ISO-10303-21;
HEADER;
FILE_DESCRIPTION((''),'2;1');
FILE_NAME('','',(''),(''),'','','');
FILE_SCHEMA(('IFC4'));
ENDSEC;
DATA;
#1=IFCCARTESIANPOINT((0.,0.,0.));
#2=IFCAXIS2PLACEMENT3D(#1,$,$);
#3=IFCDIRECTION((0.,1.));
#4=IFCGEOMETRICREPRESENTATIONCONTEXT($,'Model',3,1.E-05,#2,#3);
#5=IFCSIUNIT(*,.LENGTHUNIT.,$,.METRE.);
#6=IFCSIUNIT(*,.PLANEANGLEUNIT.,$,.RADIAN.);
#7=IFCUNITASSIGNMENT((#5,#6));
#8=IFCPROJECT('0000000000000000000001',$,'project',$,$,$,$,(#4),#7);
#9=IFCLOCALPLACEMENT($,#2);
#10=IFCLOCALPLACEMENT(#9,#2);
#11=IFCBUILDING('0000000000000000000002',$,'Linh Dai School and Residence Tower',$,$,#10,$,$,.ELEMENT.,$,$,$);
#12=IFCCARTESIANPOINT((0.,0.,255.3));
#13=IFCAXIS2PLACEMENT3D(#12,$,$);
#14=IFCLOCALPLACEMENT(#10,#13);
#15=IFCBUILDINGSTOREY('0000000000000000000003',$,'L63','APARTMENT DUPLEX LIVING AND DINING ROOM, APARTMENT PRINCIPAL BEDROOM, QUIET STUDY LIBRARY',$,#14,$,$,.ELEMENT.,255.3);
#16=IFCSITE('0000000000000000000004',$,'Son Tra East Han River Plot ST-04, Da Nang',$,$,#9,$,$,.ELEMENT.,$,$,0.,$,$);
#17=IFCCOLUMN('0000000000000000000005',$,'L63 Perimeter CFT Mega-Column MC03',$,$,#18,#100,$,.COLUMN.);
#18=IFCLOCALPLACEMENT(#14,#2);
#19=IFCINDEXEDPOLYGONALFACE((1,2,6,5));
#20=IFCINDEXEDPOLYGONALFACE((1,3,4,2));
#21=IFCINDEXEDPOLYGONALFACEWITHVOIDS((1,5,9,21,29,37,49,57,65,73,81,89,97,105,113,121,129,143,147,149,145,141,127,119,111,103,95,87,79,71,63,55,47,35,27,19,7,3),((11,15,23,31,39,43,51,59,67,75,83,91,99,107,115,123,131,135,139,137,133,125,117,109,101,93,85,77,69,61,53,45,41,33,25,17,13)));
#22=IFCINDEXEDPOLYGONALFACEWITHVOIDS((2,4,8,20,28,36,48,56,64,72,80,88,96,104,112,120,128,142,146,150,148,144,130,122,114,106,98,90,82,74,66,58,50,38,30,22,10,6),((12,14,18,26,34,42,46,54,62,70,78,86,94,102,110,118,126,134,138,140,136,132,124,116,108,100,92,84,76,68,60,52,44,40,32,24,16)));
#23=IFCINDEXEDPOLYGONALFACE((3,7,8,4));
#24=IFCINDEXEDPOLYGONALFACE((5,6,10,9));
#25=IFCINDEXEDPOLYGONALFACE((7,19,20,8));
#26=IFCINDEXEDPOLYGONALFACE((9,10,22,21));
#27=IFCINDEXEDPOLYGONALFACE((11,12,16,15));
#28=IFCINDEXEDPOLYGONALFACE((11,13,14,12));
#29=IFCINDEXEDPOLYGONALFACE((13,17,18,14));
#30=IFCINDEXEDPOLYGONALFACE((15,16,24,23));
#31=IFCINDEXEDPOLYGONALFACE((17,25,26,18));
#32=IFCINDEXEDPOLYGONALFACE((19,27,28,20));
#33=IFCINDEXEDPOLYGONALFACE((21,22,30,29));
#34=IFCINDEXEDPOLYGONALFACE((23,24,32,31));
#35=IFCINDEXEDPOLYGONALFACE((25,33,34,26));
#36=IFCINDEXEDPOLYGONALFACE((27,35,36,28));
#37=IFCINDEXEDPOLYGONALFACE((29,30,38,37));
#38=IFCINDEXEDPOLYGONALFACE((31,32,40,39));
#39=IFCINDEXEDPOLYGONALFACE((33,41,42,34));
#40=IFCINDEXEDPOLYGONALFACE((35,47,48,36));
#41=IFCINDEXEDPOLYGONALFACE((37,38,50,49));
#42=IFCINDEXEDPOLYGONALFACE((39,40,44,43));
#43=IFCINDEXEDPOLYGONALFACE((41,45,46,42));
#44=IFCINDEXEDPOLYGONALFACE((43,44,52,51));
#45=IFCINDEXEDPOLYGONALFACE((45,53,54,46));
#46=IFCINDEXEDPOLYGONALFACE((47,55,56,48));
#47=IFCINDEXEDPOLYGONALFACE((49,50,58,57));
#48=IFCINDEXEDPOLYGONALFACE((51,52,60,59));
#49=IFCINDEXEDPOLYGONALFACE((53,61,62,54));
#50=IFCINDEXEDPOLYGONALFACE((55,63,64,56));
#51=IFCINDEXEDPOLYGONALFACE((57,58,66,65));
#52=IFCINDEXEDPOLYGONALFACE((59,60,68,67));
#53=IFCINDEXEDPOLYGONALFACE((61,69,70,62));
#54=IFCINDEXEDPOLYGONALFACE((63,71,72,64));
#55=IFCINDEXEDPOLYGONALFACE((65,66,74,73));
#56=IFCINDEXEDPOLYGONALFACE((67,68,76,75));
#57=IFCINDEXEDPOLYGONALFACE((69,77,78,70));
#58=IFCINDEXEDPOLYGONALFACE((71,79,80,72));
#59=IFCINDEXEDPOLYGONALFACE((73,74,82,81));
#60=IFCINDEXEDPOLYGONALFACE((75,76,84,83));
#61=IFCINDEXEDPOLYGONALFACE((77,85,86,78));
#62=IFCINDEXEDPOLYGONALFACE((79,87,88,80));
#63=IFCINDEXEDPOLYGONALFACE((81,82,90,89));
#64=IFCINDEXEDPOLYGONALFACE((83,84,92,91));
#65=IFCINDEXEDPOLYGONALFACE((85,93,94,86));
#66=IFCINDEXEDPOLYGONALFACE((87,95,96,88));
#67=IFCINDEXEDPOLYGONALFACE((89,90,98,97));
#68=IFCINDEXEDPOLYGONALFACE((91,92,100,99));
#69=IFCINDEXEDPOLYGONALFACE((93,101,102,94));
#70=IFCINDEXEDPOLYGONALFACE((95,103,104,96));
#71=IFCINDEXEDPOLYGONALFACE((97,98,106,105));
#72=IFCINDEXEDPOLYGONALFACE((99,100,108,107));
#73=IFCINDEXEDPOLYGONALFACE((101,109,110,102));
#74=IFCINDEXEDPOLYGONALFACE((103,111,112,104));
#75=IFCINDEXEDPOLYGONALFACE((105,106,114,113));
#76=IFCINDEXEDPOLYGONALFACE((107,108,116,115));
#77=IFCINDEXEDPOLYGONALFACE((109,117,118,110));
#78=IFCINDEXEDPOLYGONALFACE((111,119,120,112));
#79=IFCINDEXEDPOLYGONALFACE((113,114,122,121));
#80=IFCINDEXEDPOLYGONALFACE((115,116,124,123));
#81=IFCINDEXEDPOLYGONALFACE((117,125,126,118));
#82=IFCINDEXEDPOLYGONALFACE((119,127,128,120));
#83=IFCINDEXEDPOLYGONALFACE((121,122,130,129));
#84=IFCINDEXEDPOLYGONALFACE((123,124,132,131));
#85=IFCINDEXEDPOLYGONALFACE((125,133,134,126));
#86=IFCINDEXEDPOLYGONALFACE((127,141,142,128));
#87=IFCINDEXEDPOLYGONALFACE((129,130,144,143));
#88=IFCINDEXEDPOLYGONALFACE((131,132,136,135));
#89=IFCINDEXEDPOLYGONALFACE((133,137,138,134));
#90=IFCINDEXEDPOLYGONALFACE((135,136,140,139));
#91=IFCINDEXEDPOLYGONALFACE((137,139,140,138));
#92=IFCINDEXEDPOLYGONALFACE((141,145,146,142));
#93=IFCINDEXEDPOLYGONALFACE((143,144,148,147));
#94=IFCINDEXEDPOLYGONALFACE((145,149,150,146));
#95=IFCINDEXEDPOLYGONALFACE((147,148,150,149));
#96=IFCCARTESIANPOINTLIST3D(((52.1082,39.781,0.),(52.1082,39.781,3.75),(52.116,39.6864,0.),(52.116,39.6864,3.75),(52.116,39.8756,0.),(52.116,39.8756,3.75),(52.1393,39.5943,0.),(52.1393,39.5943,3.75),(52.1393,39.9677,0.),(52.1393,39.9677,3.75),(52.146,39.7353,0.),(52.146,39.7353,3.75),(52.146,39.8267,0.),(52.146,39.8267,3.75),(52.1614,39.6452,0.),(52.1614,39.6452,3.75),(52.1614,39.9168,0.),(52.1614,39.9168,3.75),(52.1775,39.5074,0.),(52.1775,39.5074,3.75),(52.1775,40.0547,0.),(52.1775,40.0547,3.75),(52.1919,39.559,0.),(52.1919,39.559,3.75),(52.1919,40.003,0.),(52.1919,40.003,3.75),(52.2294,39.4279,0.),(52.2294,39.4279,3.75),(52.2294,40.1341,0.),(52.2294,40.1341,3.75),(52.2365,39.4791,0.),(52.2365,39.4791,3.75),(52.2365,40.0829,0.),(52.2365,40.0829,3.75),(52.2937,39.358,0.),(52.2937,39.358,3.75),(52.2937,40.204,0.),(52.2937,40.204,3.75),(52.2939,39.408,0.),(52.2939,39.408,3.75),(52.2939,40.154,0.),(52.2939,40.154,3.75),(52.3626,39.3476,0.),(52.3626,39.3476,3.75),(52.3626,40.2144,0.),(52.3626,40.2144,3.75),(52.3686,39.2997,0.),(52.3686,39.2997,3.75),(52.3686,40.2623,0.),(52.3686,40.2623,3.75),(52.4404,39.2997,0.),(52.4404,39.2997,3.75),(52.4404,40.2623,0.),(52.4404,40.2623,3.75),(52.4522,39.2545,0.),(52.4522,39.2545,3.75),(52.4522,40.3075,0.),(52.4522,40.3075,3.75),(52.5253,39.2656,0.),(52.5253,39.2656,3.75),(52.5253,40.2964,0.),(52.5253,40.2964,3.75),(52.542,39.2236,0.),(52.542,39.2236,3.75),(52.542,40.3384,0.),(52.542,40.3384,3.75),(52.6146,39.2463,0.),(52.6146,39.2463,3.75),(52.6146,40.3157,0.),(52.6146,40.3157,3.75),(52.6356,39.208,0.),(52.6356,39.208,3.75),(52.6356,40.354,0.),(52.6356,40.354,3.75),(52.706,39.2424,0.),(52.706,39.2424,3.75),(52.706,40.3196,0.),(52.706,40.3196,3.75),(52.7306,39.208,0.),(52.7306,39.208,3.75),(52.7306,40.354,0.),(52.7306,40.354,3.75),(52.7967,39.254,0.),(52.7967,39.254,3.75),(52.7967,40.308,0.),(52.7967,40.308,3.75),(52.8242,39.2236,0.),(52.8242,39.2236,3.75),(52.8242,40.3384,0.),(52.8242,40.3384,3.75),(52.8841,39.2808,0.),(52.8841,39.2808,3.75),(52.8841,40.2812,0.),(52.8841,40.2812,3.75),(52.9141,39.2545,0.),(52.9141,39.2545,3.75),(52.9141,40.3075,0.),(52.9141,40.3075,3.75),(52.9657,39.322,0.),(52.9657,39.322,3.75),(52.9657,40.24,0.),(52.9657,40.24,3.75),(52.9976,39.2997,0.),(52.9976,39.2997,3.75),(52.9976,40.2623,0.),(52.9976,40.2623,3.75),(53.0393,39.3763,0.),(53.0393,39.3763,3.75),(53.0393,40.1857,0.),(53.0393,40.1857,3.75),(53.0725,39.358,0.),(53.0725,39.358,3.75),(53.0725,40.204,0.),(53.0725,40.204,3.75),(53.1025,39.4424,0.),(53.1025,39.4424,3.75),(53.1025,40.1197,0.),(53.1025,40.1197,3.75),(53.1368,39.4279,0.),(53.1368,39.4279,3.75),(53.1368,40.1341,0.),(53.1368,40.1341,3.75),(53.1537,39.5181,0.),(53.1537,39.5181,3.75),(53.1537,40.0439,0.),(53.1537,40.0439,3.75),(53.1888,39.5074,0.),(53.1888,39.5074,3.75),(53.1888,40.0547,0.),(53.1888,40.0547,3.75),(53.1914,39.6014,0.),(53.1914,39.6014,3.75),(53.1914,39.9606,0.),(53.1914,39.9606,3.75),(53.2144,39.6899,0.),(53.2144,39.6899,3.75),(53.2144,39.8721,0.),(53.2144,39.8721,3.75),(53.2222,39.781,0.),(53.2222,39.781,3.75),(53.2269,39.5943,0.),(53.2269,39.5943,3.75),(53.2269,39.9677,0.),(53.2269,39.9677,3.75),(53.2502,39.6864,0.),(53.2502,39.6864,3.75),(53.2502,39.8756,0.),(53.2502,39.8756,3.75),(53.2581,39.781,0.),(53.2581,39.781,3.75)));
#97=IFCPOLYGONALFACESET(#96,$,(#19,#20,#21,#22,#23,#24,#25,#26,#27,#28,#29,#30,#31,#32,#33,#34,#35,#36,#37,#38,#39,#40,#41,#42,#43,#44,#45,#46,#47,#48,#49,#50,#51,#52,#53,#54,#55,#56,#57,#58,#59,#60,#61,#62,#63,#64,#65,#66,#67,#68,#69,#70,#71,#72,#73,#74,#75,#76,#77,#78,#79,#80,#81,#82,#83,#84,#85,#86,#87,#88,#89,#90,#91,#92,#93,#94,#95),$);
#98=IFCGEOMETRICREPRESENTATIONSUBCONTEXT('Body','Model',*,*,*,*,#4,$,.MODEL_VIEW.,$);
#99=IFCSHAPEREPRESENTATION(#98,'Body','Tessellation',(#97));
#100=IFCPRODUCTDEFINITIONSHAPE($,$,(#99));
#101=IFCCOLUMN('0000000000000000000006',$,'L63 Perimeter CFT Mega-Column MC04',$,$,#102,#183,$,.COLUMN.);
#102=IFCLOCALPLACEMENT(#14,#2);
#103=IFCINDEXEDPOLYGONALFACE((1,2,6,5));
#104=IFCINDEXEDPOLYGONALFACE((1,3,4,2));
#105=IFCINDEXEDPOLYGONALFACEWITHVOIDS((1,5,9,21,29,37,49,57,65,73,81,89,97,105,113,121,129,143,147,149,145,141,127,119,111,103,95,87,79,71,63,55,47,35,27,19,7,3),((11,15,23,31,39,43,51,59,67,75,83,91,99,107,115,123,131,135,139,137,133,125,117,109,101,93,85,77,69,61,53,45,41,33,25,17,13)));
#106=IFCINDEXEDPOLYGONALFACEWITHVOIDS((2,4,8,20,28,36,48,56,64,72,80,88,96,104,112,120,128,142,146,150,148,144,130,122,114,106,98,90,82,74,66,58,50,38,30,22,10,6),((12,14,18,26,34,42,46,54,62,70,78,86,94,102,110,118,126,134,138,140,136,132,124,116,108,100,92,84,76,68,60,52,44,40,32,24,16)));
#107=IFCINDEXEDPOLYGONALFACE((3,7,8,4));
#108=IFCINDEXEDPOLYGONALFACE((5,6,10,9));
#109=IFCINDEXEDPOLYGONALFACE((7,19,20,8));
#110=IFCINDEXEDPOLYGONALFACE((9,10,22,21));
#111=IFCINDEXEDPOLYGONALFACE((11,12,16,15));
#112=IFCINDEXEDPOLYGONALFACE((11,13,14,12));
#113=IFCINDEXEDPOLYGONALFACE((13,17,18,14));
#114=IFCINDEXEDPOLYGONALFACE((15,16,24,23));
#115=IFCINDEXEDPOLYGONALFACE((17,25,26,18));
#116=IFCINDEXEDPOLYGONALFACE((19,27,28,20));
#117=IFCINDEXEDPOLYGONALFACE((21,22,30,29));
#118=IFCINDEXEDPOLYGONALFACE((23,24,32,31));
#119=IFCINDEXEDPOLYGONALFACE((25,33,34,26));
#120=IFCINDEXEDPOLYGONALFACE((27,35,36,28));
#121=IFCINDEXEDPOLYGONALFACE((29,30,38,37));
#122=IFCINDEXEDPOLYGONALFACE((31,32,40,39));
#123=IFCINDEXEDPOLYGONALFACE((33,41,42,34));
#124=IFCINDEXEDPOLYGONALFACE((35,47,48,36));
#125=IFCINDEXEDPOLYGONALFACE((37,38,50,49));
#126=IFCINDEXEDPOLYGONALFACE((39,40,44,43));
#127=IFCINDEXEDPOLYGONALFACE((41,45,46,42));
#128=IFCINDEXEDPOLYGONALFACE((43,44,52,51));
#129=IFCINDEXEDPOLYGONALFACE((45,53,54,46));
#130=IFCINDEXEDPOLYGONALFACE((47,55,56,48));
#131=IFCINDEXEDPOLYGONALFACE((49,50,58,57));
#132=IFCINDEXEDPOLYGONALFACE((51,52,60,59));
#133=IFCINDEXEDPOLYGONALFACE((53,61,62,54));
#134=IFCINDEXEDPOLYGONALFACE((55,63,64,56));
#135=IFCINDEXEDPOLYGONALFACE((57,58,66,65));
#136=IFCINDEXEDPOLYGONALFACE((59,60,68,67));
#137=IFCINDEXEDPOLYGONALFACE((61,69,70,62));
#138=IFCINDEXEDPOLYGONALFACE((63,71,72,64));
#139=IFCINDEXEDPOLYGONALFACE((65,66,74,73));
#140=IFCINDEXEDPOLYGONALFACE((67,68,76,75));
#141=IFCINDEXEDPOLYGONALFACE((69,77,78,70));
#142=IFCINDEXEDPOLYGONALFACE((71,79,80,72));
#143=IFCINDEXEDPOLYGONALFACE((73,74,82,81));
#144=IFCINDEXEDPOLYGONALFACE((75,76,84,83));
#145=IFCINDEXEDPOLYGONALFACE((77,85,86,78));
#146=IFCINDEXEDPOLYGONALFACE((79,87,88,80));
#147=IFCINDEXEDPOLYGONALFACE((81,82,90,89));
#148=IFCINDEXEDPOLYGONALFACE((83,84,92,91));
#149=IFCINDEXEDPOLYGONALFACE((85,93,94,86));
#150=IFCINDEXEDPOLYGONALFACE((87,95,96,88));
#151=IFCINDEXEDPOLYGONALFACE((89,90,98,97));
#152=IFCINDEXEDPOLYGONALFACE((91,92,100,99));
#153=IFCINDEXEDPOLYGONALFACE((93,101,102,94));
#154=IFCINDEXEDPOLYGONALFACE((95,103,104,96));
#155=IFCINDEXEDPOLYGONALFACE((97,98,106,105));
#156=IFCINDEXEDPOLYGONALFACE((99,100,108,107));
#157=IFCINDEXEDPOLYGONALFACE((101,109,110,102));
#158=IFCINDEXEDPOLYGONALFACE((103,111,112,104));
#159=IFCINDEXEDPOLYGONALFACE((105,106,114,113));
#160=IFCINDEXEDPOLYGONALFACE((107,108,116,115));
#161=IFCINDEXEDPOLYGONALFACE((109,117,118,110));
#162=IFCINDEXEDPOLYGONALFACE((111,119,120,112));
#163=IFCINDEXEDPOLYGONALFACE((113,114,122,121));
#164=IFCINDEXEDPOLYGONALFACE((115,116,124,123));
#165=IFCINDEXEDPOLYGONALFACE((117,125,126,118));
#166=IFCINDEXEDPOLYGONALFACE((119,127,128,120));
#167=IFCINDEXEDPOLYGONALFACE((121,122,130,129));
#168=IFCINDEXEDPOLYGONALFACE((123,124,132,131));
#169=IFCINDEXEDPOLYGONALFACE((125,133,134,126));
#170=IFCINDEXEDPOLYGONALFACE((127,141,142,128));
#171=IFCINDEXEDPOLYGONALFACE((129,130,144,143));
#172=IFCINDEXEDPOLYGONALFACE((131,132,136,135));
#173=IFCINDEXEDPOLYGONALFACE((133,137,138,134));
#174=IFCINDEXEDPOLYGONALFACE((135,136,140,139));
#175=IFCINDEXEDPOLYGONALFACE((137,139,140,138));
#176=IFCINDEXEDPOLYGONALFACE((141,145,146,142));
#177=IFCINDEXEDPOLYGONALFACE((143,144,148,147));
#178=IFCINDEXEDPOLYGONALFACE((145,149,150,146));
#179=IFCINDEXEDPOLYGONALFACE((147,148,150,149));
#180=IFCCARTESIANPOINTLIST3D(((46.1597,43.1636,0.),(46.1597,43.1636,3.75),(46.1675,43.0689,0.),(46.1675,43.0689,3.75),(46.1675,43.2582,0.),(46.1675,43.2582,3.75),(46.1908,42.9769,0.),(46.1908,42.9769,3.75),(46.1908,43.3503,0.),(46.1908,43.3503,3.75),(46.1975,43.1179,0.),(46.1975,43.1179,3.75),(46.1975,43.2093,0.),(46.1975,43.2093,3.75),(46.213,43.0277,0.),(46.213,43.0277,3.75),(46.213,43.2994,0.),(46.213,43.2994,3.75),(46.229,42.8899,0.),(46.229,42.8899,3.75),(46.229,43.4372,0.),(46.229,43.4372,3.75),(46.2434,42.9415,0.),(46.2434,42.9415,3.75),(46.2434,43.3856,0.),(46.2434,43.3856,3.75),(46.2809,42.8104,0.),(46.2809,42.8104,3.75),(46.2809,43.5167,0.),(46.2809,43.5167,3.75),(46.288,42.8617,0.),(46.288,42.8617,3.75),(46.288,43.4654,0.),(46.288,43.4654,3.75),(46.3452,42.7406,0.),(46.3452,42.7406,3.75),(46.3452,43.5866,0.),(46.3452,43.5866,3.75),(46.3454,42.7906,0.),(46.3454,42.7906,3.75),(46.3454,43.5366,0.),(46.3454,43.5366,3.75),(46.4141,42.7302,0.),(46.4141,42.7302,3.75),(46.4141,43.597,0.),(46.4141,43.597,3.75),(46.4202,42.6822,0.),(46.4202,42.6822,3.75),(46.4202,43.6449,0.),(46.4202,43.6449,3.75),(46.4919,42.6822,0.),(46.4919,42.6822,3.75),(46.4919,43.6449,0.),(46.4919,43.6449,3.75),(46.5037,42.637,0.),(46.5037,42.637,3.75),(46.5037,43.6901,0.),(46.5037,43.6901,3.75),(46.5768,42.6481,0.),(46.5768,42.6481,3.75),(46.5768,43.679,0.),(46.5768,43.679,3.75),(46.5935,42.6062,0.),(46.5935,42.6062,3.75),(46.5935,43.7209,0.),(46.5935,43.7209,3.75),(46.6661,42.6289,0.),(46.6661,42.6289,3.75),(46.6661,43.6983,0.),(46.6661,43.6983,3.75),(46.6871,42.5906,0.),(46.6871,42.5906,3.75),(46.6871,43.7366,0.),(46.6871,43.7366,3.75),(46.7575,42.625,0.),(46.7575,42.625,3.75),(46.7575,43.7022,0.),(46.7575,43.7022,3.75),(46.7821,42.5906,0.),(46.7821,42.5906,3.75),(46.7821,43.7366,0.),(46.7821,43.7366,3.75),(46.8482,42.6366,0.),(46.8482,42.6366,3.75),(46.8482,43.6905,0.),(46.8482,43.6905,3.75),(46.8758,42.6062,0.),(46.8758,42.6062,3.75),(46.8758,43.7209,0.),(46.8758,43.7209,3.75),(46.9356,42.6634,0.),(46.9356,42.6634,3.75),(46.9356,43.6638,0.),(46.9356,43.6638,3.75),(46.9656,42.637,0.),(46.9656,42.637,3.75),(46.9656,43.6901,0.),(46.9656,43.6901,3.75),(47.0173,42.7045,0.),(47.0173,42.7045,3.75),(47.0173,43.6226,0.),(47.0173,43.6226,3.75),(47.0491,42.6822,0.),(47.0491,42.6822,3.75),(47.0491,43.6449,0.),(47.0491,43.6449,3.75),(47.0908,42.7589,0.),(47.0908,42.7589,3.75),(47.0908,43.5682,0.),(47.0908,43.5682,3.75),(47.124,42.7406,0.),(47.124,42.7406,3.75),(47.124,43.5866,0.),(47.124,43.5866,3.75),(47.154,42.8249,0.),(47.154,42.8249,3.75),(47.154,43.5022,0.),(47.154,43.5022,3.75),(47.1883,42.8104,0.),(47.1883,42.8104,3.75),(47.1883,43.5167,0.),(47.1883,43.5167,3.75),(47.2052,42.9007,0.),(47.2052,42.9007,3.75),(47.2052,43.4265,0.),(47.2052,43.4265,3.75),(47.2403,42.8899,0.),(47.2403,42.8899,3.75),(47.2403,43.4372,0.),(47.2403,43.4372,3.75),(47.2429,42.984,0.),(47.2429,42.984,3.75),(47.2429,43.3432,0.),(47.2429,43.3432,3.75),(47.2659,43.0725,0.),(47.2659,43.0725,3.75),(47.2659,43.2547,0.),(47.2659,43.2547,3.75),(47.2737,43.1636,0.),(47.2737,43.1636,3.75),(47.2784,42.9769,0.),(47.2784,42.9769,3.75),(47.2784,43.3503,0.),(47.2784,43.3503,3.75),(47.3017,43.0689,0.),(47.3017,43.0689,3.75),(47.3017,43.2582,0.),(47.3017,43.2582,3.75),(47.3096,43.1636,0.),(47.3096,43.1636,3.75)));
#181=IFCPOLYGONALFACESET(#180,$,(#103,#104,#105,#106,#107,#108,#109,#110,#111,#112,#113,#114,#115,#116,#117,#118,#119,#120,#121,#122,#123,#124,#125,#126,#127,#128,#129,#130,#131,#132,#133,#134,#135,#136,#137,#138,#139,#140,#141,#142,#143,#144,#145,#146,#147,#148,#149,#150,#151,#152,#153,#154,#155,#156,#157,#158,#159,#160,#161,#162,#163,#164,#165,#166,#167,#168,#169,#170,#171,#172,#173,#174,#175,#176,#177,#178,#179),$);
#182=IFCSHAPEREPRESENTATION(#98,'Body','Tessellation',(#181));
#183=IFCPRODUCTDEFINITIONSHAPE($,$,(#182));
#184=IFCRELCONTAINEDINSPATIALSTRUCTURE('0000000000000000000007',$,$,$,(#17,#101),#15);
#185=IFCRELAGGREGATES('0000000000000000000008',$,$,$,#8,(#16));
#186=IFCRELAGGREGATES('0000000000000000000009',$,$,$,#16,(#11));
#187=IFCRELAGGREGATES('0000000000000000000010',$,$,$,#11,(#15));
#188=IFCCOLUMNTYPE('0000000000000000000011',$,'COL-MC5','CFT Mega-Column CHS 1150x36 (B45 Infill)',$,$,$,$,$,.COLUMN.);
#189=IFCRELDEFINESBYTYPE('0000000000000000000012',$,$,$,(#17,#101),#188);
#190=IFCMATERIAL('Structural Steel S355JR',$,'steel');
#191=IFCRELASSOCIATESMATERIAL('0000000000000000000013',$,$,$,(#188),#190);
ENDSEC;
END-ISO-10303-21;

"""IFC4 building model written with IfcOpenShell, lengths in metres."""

from ifc_helpers import new_model, si_unit, direction, frame, origin, origin_2d, place, context, subcontext, project, spatial, hollow_circle, extrude, material, material_profile, profile_set, type_object, element, save


model = new_model("IFC4")

# Units and contexts
model_context = context("Model", 3, precision=1e-05, world=origin(), true_north=direction((0.0, 1.0)))
body_context = subcontext(model_context, "Body", "Model", "MODEL_VIEW")
ifc_project = project(units=[si_unit("LENGTHUNIT", "METRE"), si_unit("PLANEANGLEUNIT", "RADIAN")], contexts=[model_context])

# Site, building, storey
site_placement = place(None, origin())
site = spatial("IfcSite", under=ifc_project, at=site_placement, Name="Son Tra East Han River Plot ST-04, Da Nang", CompositionType="ELEMENT", RefElevation=0.0)
building_placement = place(site_placement, origin())
building = spatial("IfcBuilding", under=site, at=building_placement, Name="Linh Dai School and Residence Tower", CompositionType="ELEMENT")
storey_placement = place(building_placement, frame((0.0, 0.0, 255.3)))
storey = spatial("IfcBuildingStorey", under=building, at=storey_placement, Name="L63", Description="APARTMENT DUPLEX LIVING AND DINING ROOM, APARTMENT PRINCIPAL BEDROOM, QUIET STUDY LIBRARY", CompositionType="ELEMENT", Elevation=255.3)

# Columns
ifc_material_1 = material(Name="Structural Steel S355JR", Category="steel")
ifc_material_profile_1 = material_profile(ifc_material_1, hollow_circle(Radius=0.575, WallThickness=0.0359, at=origin_2d()), Name="CHS 1150x36")
ifc_profile_set_1 = profile_set([ifc_material_profile_1], Name="Structural Steel S355JR")
column_type = type_object("IfcColumnType", Name="COL-MC5", Description="CFT Mega-Column CHS 1150x36 (B45 Infill)", PredefinedType="COLUMN", material=ifc_profile_set_1)
for number, where, z_axis, x_axis, name in (
    (1, (52.6831, 39.781, 0.0), (0.0, 0.0, 1.0), (1.0, 0.0, 0.0), "L63 Perimeter CFT Mega-Column MC03"),
    (2, (46.7346, 43.1636, 0.0), (0.0, 0.0, 1.0), (1.0, 0.0, 0.0), "L63 Perimeter CFT Mega-Column MC04"),
):
    element("IfcColumn", number, at=place(storey_placement, frame(where, z_axis=z_axis, x_axis=x_axis)), inside=storey, type_object=column_type, Name=name, PredefinedType="COLUMN", context=body_context, shape_type="SweptSolid", body=[
        extrude(hollow_circle(Radius=0.575, WallThickness=0.0359, at=origin_2d()), origin(), (0.0, 0.0, 1.0), 3.75),
    ])

save(model, "model.ifc")
